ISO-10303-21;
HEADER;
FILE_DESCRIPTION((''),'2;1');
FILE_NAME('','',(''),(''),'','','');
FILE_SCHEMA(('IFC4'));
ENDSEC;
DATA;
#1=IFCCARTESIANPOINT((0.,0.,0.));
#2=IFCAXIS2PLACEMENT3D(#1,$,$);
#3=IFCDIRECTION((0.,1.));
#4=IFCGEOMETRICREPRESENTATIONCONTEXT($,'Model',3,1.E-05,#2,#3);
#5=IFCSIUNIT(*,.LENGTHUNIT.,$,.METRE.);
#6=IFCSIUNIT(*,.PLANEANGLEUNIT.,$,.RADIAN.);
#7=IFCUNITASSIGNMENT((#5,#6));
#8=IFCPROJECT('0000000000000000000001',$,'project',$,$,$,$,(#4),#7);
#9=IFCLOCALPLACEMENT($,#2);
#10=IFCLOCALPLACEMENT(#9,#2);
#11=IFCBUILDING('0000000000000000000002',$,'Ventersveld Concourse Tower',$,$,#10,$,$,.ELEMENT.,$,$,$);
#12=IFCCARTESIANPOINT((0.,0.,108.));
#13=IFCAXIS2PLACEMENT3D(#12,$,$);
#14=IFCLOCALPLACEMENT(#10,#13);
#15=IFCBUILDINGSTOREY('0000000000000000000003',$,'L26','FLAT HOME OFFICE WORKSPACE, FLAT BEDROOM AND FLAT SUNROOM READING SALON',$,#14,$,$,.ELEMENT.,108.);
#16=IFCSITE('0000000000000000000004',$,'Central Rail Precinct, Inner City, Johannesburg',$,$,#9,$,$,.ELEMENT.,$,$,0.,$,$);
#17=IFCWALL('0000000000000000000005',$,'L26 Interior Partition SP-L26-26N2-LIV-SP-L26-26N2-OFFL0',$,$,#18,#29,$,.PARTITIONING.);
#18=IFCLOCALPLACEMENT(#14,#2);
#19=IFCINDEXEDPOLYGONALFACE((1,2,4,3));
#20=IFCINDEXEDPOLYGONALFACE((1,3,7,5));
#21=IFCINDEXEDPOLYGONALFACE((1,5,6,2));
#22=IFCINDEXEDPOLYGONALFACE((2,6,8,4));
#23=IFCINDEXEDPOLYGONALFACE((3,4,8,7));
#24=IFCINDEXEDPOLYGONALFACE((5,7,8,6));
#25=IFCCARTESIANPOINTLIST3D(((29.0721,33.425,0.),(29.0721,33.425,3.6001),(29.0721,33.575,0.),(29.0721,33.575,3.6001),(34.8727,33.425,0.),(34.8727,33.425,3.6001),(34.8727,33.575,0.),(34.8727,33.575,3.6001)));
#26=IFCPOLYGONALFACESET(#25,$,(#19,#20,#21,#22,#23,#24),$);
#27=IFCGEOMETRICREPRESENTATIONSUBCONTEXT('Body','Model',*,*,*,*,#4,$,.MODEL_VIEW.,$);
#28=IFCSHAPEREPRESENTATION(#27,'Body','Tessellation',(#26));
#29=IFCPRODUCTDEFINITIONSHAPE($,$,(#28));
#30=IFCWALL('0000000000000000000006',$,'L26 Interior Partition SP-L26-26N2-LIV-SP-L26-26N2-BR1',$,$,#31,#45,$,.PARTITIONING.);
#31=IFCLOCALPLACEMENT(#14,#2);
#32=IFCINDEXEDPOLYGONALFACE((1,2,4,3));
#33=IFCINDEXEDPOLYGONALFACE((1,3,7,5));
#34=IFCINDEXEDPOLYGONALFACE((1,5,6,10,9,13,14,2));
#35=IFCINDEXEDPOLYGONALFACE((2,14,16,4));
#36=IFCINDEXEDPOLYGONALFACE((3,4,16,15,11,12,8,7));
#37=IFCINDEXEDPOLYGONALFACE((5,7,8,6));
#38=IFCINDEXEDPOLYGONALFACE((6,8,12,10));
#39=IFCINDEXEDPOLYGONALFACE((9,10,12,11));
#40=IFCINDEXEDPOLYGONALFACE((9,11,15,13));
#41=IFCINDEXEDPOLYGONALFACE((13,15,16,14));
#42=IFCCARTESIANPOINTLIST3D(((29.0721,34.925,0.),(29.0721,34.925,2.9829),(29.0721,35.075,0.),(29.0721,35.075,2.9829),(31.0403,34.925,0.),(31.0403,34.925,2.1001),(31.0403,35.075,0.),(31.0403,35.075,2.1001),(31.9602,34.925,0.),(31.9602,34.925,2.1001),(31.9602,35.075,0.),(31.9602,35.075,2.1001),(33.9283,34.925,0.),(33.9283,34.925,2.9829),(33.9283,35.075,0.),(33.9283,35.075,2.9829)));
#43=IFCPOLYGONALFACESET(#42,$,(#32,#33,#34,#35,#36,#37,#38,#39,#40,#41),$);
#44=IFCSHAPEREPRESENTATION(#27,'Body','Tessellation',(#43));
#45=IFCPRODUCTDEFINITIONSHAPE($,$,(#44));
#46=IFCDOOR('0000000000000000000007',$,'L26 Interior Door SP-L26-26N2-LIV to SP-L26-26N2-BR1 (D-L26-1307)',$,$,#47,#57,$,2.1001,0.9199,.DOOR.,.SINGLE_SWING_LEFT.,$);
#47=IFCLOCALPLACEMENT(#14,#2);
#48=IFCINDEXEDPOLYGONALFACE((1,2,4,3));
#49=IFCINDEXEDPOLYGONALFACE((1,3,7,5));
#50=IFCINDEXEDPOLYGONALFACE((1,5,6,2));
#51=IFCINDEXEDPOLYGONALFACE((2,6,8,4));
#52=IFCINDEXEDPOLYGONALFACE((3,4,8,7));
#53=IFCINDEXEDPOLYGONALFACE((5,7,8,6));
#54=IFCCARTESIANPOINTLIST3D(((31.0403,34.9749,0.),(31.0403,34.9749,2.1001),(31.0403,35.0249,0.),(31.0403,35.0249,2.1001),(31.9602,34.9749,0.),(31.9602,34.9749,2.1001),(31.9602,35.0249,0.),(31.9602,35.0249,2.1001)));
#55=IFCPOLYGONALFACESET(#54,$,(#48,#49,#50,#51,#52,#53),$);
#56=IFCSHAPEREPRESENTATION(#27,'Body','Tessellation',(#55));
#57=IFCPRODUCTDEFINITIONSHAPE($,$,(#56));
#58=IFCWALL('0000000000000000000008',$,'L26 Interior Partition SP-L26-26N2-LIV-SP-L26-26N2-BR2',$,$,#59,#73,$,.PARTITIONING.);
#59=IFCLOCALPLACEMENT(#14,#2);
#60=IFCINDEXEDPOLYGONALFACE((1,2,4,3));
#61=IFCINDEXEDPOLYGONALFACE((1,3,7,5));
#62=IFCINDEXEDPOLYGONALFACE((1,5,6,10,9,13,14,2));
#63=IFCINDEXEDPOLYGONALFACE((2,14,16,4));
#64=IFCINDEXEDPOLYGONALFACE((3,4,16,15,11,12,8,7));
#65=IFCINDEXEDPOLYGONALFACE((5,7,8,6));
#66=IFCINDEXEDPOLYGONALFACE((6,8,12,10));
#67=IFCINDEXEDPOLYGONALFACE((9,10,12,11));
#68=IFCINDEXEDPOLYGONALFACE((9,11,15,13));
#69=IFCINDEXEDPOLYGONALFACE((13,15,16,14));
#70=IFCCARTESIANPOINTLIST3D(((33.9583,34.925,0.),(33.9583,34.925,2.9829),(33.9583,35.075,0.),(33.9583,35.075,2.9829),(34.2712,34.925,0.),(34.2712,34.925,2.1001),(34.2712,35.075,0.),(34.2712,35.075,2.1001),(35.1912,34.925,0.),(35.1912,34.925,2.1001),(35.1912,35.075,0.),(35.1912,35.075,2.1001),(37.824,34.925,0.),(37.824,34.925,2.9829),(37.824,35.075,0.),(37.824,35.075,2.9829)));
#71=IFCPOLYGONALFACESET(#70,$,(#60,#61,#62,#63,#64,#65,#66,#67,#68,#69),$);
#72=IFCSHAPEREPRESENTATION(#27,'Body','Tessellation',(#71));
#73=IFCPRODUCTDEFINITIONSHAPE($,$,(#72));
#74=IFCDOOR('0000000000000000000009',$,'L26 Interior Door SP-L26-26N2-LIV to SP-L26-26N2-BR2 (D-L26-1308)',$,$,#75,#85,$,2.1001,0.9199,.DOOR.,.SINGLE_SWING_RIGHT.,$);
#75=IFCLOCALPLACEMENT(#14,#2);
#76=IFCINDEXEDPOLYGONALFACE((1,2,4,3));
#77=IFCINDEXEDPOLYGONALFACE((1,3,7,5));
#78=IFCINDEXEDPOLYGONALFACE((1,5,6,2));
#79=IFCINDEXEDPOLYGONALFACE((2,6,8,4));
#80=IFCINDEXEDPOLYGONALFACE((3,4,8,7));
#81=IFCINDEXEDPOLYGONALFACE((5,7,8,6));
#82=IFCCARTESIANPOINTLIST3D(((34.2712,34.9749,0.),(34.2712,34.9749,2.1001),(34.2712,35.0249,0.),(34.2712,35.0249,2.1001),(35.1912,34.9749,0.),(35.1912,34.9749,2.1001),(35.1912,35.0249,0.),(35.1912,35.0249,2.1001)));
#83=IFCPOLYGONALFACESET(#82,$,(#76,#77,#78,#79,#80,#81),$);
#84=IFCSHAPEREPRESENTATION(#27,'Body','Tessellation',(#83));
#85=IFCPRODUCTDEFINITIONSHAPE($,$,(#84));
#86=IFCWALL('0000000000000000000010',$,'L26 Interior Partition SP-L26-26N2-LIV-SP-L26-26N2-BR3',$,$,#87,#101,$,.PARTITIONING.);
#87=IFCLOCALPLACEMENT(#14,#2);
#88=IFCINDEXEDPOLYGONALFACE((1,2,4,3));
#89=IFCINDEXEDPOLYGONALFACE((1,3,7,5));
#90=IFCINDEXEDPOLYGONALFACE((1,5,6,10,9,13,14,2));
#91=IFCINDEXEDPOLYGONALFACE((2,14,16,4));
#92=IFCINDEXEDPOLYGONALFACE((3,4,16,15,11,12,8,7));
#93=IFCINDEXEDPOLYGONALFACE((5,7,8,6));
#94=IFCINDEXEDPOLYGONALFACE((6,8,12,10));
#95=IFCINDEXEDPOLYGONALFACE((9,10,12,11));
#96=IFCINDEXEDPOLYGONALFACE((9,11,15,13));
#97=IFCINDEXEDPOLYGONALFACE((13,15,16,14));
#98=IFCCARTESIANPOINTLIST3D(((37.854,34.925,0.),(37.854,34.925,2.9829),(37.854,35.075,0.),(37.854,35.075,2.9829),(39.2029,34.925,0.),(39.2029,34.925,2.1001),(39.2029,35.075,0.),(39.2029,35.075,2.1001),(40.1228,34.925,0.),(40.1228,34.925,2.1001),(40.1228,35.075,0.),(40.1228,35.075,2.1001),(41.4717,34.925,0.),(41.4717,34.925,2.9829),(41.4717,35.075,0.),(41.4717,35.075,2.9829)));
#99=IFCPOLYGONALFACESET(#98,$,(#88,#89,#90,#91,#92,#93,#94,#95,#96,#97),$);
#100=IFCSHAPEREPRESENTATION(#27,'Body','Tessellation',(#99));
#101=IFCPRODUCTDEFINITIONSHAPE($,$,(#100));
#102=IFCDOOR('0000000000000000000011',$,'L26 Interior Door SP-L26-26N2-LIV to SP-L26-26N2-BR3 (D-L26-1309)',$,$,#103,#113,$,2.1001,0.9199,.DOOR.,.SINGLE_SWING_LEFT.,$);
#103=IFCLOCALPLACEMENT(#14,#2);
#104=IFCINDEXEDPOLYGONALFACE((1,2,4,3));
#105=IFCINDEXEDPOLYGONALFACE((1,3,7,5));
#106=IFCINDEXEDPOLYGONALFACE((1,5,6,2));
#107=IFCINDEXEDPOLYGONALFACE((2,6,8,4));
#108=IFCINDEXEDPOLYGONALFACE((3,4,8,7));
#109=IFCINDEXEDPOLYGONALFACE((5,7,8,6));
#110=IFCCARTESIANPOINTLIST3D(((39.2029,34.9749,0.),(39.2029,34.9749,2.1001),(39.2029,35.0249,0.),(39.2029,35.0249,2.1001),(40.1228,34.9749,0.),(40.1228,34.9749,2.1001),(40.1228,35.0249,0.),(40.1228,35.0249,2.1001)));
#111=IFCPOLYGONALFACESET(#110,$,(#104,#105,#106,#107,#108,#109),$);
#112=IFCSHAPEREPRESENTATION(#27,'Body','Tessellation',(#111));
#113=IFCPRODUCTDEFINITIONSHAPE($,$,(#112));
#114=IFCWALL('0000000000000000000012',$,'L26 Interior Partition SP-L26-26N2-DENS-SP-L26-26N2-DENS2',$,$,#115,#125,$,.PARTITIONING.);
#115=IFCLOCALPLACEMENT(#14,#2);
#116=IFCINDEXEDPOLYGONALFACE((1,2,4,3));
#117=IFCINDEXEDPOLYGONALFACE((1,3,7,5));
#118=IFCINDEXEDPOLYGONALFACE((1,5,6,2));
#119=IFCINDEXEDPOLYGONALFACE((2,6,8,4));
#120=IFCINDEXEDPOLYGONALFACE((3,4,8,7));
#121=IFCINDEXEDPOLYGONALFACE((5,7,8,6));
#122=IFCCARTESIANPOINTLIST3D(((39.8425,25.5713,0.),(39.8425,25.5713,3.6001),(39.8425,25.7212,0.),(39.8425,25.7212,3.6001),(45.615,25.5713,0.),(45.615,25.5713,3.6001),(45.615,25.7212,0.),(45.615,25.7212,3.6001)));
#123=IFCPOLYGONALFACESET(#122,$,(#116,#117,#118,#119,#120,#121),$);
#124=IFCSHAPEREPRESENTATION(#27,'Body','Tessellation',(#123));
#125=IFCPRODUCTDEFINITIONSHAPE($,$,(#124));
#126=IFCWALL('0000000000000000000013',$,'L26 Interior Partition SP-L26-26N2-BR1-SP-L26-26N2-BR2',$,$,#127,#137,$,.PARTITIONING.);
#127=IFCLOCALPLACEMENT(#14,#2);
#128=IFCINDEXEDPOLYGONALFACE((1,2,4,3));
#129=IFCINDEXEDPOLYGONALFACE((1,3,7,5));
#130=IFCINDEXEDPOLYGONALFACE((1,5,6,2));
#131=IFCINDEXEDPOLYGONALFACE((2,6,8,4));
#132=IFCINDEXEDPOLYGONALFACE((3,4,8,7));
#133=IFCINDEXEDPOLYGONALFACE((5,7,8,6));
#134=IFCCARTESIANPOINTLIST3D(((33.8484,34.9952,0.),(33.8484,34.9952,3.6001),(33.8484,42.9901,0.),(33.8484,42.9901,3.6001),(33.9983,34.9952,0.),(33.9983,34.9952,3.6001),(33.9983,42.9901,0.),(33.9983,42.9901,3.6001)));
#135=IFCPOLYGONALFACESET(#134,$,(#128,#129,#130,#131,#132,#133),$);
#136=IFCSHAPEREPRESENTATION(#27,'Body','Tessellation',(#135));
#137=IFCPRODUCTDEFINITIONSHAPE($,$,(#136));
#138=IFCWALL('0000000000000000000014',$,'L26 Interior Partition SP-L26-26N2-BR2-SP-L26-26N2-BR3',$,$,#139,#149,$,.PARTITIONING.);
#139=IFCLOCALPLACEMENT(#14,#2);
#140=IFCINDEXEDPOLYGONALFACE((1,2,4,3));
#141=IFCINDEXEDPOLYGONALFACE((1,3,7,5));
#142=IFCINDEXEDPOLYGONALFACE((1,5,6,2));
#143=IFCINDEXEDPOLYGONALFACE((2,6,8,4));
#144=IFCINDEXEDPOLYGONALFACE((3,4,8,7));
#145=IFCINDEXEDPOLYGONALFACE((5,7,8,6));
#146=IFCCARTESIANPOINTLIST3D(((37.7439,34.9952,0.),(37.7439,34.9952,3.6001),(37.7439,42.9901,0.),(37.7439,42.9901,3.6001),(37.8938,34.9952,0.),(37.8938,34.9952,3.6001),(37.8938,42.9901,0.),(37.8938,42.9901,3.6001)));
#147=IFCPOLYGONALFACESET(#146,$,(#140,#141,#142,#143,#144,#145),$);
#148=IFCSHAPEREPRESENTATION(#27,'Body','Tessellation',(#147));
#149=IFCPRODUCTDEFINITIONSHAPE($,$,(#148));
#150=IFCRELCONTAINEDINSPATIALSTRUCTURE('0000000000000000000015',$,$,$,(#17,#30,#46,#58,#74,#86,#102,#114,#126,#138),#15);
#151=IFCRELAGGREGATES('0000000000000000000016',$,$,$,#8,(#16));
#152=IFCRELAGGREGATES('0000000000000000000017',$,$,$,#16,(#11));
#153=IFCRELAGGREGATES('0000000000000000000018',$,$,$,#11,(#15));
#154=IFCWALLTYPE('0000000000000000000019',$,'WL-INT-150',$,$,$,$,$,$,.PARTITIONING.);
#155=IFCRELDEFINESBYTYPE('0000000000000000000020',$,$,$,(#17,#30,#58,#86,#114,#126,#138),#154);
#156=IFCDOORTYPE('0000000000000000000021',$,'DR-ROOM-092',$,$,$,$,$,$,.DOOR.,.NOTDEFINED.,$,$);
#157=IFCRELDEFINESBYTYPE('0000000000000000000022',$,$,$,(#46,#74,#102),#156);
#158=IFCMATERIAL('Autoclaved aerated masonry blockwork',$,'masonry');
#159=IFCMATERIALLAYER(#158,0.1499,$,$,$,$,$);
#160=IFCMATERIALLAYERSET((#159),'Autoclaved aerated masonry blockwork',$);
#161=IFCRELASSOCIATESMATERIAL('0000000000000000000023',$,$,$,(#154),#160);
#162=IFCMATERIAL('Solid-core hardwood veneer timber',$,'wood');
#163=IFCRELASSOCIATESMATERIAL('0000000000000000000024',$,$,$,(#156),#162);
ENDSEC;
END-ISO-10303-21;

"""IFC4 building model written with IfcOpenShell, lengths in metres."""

from ifc_helpers import new_model, si_unit, direction, frame, frame_2d, origin, place, context, subcontext, project, spatial, rectangle, extrude, material, layer, layer_set, type_object, element, fill, save


model = new_model("IFC4")

# Units and contexts
model_context = context("Model", 3, precision=1e-05, world=origin(), true_north=direction((0.0, 1.0)))
body_context = subcontext(model_context, "Body", "Model", "MODEL_VIEW")
ifc_project = project(units=[si_unit("LENGTHUNIT", "METRE"), si_unit("PLANEANGLEUNIT", "RADIAN")], contexts=[model_context])

# Site, building, storey
site_placement = place(None, origin())
site = spatial("IfcSite", under=ifc_project, at=site_placement, Name="Central Rail Precinct, Inner City, Johannesburg", CompositionType="ELEMENT", RefElevation=0.0)
building_placement = place(site_placement, origin())
building = spatial("IfcBuilding", under=site, at=building_placement, Name="Ventersveld Concourse Tower", CompositionType="ELEMENT")
storey_placement = place(building_placement, frame((0.0, 0.0, 108.0)))
storey = spatial("IfcBuildingStorey", under=building, at=storey_placement, Name="L26", Description="FLAT HOME OFFICE WORKSPACE, FLAT BEDROOM AND FLAT SUNROOM READING SALON", CompositionType="ELEMENT", Elevation=108.0)

# Wall
ifc_material_1 = material(Name="Autoclaved aerated masonry blockwork", Category="masonry")
ifc_layer_1 = layer(ifc_material_1, 0.1499)
ifc_layer_set_1 = layer_set([ifc_layer_1], Name="Autoclaved aerated masonry blockwork")
wall_type_1 = type_object("IfcWallType", Name="WL-INT-150", PredefinedType="PARTITIONING", material=ifc_layer_set_1)
wall_1_placement = place(storey_placement, frame((29.072, 33.5, 0.0), z_axis=(0.0, 0.0, 1.0), x_axis=(1.0, 0.0, 0.0)))
element("IfcWall", 1, at=wall_1_placement, inside=storey, type_object=wall_type_1, Name="L26 Interior Partition SP-L26-26N2-LIV-SP-L26-26N2-OFFL0", PredefinedType="PARTITIONING", context=body_context, shape_type="SweptSolid", body=[
    extrude(rectangle(XDim=5.8005, YDim=0.1499, at=frame_2d((2.9004, 0.0))), origin(), (0.0, 0.0, 1.0), 3.6001),
])

# Walls, openings, doors
wall_2_placement = place(storey_placement, frame((29.072, 35.0, 0.0), z_axis=(0.0, 0.0, 1.0), x_axis=(1.0, 0.0, 0.0)))
wall_2 = element("IfcWall", 2, at=wall_2_placement, inside=storey, type_object=wall_type_1, Name="L26 Interior Partition SP-L26-26N2-LIV-SP-L26-26N2-BR1", PredefinedType="PARTITIONING", context=body_context, shape_type="SweptSolid", body=[
    extrude(rectangle(XDim=4.8562, YDim=0.1499, at=frame_2d((2.4282, 0.0))), origin(), (0.0, 0.0, 1.0), 2.9829),
])
opening_1_placement = place(wall_2_placement, frame((1.9683, 0.0, 0.0)))
opening_1 = element("IfcOpeningElement", 3, at=opening_1_placement, cuts=wall_2, PredefinedType="OPENING", context=body_context, shape_type="SweptSolid", body=[
    extrude(rectangle(XDim=0.9199, YDim=2.1001, at=frame_2d((0.46, 1.05))), frame((0.0, 0.085, 0.0), z_axis=(0.0, -1.0, 0.0), x_axis=(1.0, 0.0, 0.0)), (0.0, 0.0, 1.0), 0.1699),
])
ifc_material_2 = material(Name="Solid-core hardwood veneer timber", Category="wood")
door_type = type_object("IfcDoorType", Name="DR-ROOM-092", OperationType="NOTDEFINED", PredefinedType="DOOR", material=ifc_material_2)
door_1_placement = place(opening_1_placement, origin())
door_1 = element("IfcDoor", 4, at=door_1_placement, inside=storey, type_object=door_type, Name="L26 Interior Door SP-L26-26N2-LIV to SP-L26-26N2-BR1 (D-L26-1307)", OperationType="SINGLE_SWING_LEFT", OverallHeight=2.1001, OverallWidth=0.9199, PredefinedType="DOOR", context=body_context, shape_type="SweptSolid", body=[
    extrude(rectangle(XDim=0.9199, YDim=2.1001, at=frame_2d((0.46, 1.05))), frame((0.0, 0.0249, 0.0), z_axis=(0.0, -1.0, 0.0), x_axis=(1.0, 0.0, 0.0)), (0.0, 0.0, 1.0), 0.05),
])
fill(opening_1, door_1)
wall_3_placement = place(storey_placement, frame((33.9583, 35.0, 0.0), z_axis=(0.0, 0.0, 1.0), x_axis=(1.0, 0.0, 0.0)))
wall_3 = element("IfcWall", 5, at=wall_3_placement, inside=storey, type_object=wall_type_1, Name="L26 Interior Partition SP-L26-26N2-LIV-SP-L26-26N2-BR2", PredefinedType="PARTITIONING", context=body_context, shape_type="SweptSolid", body=[
    extrude(rectangle(XDim=3.8657, YDim=0.1499, at=frame_2d((1.9329, 0.0))), origin(), (0.0, 0.0, 1.0), 2.9829),
])
opening_2_placement = place(wall_3_placement, frame((0.313, 0.0, 0.0)))
opening_2 = element("IfcOpeningElement", 6, at=opening_2_placement, cuts=wall_3, PredefinedType="OPENING", context=body_context, shape_type="SweptSolid", body=[
    extrude(rectangle(XDim=0.9199, YDim=2.1001, at=frame_2d((0.46, 1.05))), frame((0.0, 0.085, 0.0), z_axis=(0.0, -1.0, 0.0), x_axis=(1.0, 0.0, 0.0)), (0.0, 0.0, 1.0), 0.1699),
])
door_2_placement = place(opening_2_placement, origin())
door_2 = element("IfcDoor", 7, at=door_2_placement, inside=storey, type_object=door_type, Name="L26 Interior Door SP-L26-26N2-LIV to SP-L26-26N2-BR2 (D-L26-1308)", OperationType="SINGLE_SWING_RIGHT", OverallHeight=2.1001, OverallWidth=0.9199, PredefinedType="DOOR", context=body_context, shape_type="SweptSolid", body=[
    extrude(rectangle(XDim=0.9199, YDim=2.1001, at=frame_2d((0.46, 1.05))), frame((0.0, 0.0249, 0.0), z_axis=(0.0, -1.0, 0.0), x_axis=(1.0, 0.0, 0.0)), (0.0, 0.0, 1.0), 0.05),
])
fill(opening_2, door_2)
wall_4_placement = place(storey_placement, frame((37.854, 35.0, 0.0), z_axis=(0.0, 0.0, 1.0), x_axis=(1.0, 0.0, 0.0)))
wall_4 = element("IfcWall", 8, at=wall_4_placement, inside=storey, type_object=wall_type_1, Name="L26 Interior Partition SP-L26-26N2-LIV-SP-L26-26N2-BR3", PredefinedType="PARTITIONING", context=body_context, shape_type="SweptSolid", body=[
    extrude(rectangle(XDim=3.6177, YDim=0.1499, at=frame_2d((1.8088, 0.0))), origin(), (0.0, 0.0, 1.0), 2.9829),
])
opening_3_placement = place(wall_4_placement, frame((1.3489, 0.0, 0.0)))
opening_3 = element("IfcOpeningElement", 9, at=opening_3_placement, cuts=wall_4, PredefinedType="OPENING", context=body_context, shape_type="SweptSolid", body=[
    extrude(rectangle(XDim=0.9199, YDim=2.1001, at=frame_2d((0.46, 1.05))), frame((0.0, 0.085, 0.0), z_axis=(0.0, -1.0, 0.0), x_axis=(1.0, 0.0, 0.0)), (0.0, 0.0, 1.0), 0.1699),
])
door_3_placement = place(opening_3_placement, origin())
door_3 = element("IfcDoor", 10, at=door_3_placement, inside=storey, type_object=door_type, Name="L26 Interior Door SP-L26-26N2-LIV to SP-L26-26N2-BR3 (D-L26-1309)", OperationType="SINGLE_SWING_LEFT", OverallHeight=2.1001, OverallWidth=0.9199, PredefinedType="DOOR", context=body_context, shape_type="SweptSolid", body=[
    extrude(rectangle(XDim=0.9199, YDim=2.1001, at=frame_2d((0.46, 1.05))), frame((0.0, 0.0249, 0.0), z_axis=(0.0, -1.0, 0.0), x_axis=(1.0, 0.0, 0.0)), (0.0, 0.0, 1.0), 0.05),
])
fill(opening_3, door_3)

# Walls
wall_5_placement = place(storey_placement, frame((39.8425, 25.6462, 0.0), z_axis=(0.0, 0.0, 1.0), x_axis=(1.0, 0.0, 0.0)))
element("IfcWall", 11, at=wall_5_placement, inside=storey, type_object=wall_type_1, Name="L26 Interior Partition SP-L26-26N2-DENS-SP-L26-26N2-DENS2", PredefinedType="PARTITIONING", context=body_context, shape_type="SweptSolid", body=[
    extrude(rectangle(XDim=5.7725, YDim=0.1499, at=frame_2d((2.8862, 0.0))), origin(), (0.0, 0.0, 1.0), 3.6001),
])
for number, where, z_axis, x_axis, name in (
    (12, (33.9233, 34.9951, 0.0), (0.0, 0.0, 1.0), (0.0, 1.0, 0.0), "L26 Interior Partition SP-L26-26N2-BR1-SP-L26-26N2-BR2"),
    (13, (37.8188, 34.9951, 0.0), (0.0, 0.0, 1.0), (0.0, 1.0, 0.0), "L26 Interior Partition SP-L26-26N2-BR2-SP-L26-26N2-BR3"),
):
    element("IfcWall", number, at=place(storey_placement, frame(where, z_axis=z_axis, x_axis=x_axis)), inside=storey, type_object=wall_type_1, Name=name, PredefinedType="PARTITIONING", context=body_context, shape_type="SweptSolid", body=[
        extrude(rectangle(XDim=7.9949, YDim=0.1499, at=frame_2d((3.9976, 0.0))), origin(), (0.0, 0.0, 1.0), 3.6001),
    ])

save(model, "model.ifc")
